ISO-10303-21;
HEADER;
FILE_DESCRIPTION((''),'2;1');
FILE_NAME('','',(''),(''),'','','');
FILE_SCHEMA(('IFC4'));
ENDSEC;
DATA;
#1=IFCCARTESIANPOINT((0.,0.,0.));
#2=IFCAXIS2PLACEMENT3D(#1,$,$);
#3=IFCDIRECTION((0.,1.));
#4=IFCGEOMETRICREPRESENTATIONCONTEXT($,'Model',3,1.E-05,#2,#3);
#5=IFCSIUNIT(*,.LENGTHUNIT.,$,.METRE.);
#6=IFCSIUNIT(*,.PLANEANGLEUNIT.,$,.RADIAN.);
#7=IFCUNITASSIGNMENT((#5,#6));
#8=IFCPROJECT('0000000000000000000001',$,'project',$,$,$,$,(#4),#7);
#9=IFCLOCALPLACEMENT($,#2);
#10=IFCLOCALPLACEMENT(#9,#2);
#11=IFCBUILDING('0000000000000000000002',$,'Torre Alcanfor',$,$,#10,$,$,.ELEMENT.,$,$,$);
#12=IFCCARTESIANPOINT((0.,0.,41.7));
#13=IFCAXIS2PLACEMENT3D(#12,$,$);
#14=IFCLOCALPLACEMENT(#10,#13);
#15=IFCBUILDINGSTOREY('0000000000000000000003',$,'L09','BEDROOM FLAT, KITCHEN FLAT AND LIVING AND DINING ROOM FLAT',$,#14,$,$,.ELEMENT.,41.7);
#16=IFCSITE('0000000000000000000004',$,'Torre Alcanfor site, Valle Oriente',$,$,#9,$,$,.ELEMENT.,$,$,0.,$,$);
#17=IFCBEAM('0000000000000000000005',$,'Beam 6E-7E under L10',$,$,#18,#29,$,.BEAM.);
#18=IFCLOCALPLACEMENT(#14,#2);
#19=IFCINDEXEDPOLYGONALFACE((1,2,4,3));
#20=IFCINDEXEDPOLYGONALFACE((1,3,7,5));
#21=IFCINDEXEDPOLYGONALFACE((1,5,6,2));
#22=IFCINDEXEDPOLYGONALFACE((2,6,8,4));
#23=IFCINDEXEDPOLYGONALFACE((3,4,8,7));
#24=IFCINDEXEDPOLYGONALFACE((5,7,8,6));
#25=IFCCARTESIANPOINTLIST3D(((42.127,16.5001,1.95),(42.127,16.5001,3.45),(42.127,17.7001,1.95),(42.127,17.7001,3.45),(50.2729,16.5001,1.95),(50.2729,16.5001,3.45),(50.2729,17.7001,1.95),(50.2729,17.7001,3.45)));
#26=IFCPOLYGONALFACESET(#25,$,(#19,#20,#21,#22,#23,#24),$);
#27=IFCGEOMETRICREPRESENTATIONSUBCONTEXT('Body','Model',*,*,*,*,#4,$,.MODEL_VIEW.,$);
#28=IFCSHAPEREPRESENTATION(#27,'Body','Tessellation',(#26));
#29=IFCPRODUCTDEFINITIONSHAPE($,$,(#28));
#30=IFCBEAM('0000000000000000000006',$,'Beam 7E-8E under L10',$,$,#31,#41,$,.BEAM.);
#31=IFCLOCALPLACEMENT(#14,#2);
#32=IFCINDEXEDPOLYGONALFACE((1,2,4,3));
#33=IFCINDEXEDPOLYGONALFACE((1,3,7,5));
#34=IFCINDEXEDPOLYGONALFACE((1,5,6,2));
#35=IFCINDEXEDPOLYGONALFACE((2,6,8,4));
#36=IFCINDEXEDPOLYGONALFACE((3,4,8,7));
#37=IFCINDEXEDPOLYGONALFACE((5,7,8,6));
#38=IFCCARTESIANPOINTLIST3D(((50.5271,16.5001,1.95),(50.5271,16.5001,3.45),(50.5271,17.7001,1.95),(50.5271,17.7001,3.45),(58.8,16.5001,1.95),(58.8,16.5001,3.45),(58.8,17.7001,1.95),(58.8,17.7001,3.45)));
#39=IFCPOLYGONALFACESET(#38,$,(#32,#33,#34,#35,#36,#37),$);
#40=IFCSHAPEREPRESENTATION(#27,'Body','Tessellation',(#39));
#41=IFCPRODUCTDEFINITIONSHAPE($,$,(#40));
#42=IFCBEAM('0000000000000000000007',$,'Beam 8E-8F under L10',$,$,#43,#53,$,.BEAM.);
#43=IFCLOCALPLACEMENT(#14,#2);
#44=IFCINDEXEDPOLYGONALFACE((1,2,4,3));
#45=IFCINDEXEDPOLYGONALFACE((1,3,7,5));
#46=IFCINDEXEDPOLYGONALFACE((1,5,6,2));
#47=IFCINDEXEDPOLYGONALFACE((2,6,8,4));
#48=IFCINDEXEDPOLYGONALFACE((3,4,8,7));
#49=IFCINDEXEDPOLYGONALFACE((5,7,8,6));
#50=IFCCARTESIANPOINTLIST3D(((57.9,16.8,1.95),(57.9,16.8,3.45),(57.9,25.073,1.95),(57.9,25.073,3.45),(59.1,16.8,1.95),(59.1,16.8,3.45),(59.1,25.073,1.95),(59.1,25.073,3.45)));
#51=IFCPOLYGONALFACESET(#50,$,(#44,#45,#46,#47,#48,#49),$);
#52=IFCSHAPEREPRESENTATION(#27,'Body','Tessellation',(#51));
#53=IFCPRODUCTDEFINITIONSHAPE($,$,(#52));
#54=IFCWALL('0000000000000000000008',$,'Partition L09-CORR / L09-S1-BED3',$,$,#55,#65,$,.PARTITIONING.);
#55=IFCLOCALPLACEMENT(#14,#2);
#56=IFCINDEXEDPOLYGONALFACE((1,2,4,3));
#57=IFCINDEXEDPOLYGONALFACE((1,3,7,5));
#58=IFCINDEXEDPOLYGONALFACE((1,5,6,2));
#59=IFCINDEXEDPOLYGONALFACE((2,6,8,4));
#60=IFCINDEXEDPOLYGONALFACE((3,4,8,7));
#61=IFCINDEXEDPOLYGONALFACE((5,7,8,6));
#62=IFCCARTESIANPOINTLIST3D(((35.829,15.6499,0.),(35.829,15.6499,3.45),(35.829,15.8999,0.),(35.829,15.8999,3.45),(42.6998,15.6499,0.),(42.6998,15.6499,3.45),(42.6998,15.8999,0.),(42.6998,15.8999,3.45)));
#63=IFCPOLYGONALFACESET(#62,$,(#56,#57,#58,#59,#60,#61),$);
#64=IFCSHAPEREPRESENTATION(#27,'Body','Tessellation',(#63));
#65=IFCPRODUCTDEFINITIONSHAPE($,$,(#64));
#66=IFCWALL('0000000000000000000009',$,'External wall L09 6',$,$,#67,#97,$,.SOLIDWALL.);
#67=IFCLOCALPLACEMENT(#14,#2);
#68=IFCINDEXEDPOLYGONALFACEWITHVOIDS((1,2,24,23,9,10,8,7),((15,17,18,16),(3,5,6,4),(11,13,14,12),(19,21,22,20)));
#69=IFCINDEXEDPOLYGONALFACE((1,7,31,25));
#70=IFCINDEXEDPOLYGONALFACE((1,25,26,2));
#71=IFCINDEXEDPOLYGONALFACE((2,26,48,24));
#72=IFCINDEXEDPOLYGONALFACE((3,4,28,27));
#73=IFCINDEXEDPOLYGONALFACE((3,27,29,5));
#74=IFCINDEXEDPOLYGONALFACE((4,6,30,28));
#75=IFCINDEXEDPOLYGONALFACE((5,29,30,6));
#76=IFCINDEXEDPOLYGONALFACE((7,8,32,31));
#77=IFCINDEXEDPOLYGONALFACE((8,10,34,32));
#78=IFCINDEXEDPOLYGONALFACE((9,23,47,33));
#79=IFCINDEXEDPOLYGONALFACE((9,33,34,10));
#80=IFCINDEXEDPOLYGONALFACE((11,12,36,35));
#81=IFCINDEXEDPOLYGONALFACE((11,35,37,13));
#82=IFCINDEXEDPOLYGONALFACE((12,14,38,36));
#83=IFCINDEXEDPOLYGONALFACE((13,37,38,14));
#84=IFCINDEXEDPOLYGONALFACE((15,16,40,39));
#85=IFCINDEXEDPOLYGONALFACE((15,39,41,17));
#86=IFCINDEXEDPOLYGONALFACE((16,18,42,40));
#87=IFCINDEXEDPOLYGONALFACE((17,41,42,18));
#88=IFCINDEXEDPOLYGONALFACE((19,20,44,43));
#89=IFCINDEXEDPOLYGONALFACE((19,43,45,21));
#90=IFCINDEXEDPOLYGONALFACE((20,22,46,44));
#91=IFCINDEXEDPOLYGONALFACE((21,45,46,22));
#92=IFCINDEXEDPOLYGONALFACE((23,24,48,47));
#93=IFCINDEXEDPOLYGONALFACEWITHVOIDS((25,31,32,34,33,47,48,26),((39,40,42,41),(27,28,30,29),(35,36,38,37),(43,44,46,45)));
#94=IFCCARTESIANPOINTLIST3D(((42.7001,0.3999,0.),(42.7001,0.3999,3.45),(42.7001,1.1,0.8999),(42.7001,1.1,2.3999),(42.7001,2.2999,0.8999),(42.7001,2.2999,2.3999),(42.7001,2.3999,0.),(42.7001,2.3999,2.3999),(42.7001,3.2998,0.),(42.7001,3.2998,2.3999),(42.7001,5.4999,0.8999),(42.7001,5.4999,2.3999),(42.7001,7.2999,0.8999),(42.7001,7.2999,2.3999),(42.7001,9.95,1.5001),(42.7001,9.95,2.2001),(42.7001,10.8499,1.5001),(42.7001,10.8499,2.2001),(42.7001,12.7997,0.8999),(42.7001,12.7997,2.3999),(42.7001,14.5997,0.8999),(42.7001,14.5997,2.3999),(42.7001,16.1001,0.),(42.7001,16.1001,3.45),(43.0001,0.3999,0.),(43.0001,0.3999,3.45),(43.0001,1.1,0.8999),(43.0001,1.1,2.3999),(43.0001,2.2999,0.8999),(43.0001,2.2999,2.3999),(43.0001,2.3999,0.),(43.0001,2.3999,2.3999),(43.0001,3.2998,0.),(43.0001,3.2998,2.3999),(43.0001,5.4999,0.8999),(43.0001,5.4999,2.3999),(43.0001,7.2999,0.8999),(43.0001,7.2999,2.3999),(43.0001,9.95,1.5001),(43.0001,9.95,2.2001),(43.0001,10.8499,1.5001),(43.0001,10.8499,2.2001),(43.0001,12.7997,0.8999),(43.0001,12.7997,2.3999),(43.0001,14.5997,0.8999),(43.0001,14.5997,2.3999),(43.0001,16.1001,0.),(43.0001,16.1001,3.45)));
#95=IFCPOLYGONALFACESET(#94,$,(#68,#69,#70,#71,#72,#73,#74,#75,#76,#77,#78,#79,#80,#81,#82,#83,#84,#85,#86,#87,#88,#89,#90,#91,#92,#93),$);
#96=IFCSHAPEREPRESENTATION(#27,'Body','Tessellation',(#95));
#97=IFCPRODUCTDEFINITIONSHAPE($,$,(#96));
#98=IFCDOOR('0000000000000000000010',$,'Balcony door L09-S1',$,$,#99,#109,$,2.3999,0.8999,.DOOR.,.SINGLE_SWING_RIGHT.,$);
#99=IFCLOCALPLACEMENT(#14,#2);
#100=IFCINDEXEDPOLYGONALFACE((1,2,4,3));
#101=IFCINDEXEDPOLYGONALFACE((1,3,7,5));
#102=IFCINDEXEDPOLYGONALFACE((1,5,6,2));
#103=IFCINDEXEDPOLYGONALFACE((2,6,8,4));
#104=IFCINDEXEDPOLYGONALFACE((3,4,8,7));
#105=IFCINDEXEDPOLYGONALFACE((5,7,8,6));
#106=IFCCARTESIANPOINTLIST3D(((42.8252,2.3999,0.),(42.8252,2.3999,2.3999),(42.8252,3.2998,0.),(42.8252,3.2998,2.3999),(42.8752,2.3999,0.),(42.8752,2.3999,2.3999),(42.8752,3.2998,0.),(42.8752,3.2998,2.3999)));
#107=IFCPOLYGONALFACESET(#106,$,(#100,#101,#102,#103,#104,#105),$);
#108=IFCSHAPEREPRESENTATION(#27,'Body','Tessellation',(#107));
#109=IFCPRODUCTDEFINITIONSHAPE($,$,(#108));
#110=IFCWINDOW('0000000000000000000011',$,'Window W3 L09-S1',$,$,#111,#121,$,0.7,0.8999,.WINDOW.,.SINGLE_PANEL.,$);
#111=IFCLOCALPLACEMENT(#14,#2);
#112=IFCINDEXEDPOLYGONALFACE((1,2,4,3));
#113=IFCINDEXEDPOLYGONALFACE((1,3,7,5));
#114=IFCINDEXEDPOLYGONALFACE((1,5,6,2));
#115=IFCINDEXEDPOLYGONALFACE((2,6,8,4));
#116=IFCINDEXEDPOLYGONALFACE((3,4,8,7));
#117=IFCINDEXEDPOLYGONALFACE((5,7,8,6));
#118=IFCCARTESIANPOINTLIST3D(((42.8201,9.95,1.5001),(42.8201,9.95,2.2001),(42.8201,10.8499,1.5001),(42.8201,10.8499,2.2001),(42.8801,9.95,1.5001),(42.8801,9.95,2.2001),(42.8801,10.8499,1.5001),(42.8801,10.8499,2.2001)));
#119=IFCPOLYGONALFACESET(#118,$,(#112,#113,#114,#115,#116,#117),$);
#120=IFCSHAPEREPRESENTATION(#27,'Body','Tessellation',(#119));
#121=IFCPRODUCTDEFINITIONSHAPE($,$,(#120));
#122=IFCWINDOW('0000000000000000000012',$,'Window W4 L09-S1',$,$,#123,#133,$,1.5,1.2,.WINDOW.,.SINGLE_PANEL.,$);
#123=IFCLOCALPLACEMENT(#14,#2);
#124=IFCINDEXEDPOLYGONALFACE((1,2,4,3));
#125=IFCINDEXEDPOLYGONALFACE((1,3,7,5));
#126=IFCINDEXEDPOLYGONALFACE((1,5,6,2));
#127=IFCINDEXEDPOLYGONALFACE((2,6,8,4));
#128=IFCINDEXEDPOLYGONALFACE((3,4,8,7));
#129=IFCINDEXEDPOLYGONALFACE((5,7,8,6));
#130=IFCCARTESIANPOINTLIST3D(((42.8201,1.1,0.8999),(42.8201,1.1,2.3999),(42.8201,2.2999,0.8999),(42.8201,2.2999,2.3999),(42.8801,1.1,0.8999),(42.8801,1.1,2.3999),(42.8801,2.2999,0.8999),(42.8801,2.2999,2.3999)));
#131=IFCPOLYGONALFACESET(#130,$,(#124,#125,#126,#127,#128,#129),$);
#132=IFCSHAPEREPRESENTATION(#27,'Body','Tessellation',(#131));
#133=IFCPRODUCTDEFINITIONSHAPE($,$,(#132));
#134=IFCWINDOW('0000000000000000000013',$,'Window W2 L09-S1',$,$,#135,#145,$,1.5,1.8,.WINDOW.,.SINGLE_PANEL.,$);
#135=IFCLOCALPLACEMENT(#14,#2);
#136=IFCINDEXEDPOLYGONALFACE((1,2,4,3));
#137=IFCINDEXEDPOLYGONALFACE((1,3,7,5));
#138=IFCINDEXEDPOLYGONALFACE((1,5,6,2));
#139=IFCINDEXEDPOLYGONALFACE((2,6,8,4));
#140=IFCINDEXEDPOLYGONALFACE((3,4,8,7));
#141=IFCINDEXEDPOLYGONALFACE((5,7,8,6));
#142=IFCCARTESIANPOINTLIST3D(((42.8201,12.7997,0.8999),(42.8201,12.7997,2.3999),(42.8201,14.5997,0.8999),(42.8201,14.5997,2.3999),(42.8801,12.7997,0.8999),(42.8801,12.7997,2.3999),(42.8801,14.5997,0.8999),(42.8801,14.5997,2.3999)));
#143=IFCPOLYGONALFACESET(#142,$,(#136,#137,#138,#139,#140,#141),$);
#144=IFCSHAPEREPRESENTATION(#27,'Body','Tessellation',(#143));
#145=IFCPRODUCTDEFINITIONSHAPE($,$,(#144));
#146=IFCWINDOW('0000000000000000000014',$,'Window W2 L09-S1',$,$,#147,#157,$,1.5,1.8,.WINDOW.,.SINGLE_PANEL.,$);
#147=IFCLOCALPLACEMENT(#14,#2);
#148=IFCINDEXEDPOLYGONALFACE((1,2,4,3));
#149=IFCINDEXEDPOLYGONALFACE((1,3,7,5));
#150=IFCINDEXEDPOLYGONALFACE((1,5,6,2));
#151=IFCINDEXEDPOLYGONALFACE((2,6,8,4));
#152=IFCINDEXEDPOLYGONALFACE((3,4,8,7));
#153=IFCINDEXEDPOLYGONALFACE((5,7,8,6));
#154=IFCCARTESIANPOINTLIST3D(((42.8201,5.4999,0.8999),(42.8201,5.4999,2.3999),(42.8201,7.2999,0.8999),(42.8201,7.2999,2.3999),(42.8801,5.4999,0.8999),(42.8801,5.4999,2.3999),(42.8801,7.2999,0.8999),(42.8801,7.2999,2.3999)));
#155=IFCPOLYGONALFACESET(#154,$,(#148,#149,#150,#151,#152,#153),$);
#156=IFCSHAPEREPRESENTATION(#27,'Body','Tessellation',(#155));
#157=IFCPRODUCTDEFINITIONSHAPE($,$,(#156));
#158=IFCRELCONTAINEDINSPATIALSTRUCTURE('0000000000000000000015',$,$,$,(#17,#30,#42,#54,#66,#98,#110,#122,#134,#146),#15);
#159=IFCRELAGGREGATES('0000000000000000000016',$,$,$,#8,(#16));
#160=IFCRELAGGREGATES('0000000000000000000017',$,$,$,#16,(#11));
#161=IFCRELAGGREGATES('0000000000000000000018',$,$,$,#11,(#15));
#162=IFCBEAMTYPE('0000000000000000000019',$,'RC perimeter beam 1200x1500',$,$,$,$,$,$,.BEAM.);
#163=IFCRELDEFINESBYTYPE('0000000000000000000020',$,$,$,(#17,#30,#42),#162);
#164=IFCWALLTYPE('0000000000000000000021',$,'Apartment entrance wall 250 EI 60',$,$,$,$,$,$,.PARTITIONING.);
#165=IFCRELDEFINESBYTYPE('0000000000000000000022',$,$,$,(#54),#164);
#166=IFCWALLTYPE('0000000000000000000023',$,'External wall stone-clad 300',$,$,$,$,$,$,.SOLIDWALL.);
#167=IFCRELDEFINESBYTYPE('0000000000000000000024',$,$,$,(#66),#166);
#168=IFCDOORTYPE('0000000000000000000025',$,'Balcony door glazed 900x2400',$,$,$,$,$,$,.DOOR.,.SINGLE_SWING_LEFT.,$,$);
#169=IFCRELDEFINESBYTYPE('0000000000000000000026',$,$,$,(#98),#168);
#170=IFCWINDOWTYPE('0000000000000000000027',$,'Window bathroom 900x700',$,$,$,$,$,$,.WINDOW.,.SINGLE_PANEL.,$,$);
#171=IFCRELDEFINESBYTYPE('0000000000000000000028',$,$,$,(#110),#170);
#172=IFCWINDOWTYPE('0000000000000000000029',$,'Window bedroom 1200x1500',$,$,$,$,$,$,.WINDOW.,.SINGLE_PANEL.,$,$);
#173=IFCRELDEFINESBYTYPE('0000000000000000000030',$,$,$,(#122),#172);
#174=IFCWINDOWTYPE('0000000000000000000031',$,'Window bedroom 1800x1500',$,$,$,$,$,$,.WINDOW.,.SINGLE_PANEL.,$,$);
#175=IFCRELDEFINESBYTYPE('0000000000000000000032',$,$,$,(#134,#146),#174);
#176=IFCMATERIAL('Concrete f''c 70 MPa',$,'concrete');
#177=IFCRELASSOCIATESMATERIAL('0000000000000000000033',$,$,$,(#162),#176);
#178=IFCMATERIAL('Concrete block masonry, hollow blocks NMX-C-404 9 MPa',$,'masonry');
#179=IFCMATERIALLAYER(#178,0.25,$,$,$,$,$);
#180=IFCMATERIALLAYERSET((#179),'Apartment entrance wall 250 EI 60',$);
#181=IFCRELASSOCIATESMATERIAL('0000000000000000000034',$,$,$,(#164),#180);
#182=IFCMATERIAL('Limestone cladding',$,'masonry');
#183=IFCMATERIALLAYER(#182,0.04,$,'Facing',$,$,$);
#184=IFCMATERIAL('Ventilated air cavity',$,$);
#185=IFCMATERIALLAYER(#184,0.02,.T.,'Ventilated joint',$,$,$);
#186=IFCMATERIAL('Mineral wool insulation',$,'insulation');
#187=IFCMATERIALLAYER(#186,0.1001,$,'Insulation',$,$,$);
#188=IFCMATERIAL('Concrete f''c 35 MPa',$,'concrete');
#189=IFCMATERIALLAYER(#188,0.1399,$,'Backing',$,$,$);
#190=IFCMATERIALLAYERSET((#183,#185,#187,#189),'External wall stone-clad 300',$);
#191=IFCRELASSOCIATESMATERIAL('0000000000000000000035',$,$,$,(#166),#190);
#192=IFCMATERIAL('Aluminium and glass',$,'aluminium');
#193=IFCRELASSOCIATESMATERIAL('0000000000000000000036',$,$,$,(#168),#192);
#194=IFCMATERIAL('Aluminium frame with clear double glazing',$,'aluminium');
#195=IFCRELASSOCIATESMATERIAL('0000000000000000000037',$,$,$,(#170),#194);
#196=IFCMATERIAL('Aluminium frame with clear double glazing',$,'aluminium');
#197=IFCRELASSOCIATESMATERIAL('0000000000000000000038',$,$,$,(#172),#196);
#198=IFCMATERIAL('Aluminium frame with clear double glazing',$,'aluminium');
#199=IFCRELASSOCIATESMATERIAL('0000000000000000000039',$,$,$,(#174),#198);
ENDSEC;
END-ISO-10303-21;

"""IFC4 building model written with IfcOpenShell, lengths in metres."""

from ifc_helpers import new_model, si_unit, direction, frame, frame_2d, origin, origin_2d, place, context, subcontext, project, spatial, rectangle, extrude, material, layer, layer_set, material_profile, profile_set, type_object, element, fill, save


model = new_model("IFC4")

# Units and contexts
model_context = context("Model", 3, precision=1e-05, world=origin(), true_north=direction((0.0, 1.0)))
body_context = subcontext(model_context, "Body", "Model", "MODEL_VIEW")
ifc_project = project(units=[si_unit("LENGTHUNIT", "METRE"), si_unit("PLANEANGLEUNIT", "RADIAN")], contexts=[model_context])

# Site, building, storey
site_placement = place(None, origin())
site = spatial("IfcSite", under=ifc_project, at=site_placement, Name="Torre Alcanfor site, Valle Oriente", CompositionType="ELEMENT", RefElevation=0.0)
building_placement = place(site_placement, origin())
building = spatial("IfcBuilding", under=site, at=building_placement, Name="Torre Alcanfor", CompositionType="ELEMENT")
storey_placement = place(building_placement, frame((0.0, 0.0, 41.7)))
storey = spatial("IfcBuildingStorey", under=building, at=storey_placement, Name="L09", Description="BEDROOM FLAT, KITCHEN FLAT AND LIVING AND DINING ROOM FLAT", CompositionType="ELEMENT", Elevation=41.7)

# Beams
ifc_material_1 = material(Name="Concrete f'c 70 MPa", Category="concrete")
ifc_material_profile_1 = material_profile(ifc_material_1, rectangle(XDim=1.2, YDim=1.5, at=origin_2d()), Name="1200x1500")
ifc_profile_set_1 = profile_set([ifc_material_profile_1], Name="Concrete f'c 70 MPa")
beam_type_1 = type_object("IfcBeamType", Name="RC perimeter beam 1200x1500", PredefinedType="BEAM", material=ifc_profile_set_1)
beam_1_placement = place(storey_placement, frame((42.127, 17.1001, 2.7), z_axis=(1.0, 0.0, 0.0), x_axis=(0.0, 1.0, 0.0)))
element("IfcBeam", 1, at=beam_1_placement, inside=storey, type_object=beam_type_1, Name="Beam 6E-7E under L10", PredefinedType="BEAM", context=body_context, shape_type="SweptSolid", body=[
    extrude(rectangle(XDim=1.2, YDim=1.5, at=origin_2d()), origin(), (0.0, 0.0, 1.0), 8.146),
])
for number, where, z_axis, x_axis, name in (
    (2, (50.5271, 17.1001, 2.7), (1.0, 0.0, 0.0), (0.0, 1.0, 0.0), "Beam 7E-8E under L10"),
    (3, (58.5, 16.8, 2.7), (0.0, 1.0, 0.0), (-1.0, 0.0, 0.0), "Beam 8E-8F under L10"),
):
    element("IfcBeam", number, at=place(storey_placement, frame(where, z_axis=z_axis, x_axis=x_axis)), inside=storey, type_object=beam_type_1, Name=name, PredefinedType="BEAM", context=body_context, shape_type="SweptSolid", body=[
        extrude(rectangle(XDim=1.2, YDim=1.5, at=origin_2d()), origin(), (0.0, 0.0, 1.0), 8.2729),
    ])

# Wall
ifc_material_2 = material(Name="Concrete block masonry, hollow blocks NMX-C-404 9 MPa", Category="masonry")
ifc_layer_1 = layer(ifc_material_2, 0.25)
ifc_layer_set_1 = layer_set([ifc_layer_1], Name="Apartment entrance wall 250 EI 60")
wall_type_1 = type_object("IfcWallType", Name="Apartment entrance wall 250 EI 60", PredefinedType="PARTITIONING", material=ifc_layer_set_1)
wall_1_placement = place(storey_placement, frame((42.7, 15.7749, 0.0), z_axis=(0.0, 0.0, 1.0), x_axis=(-1.0, 0.0, 0.0)))
element("IfcWall", 4, at=wall_1_placement, inside=storey, type_object=wall_type_1, Name="Partition L09-CORR / L09-S1-BED3", PredefinedType="PARTITIONING", context=body_context, shape_type="SweptSolid", body=[
    extrude(rectangle(XDim=6.8708, YDim=0.25, at=frame_2d((3.4355, 0.0))), origin(), (0.0, 0.0, 1.0), 3.45),
])

# Wall, openings, door, windows
ifc_material_3 = material(Name="Limestone cladding", Category="masonry")
ifc_layer_2 = layer(ifc_material_3, 0.04, Name="Facing")
ifc_material_4 = material(Name="Ventilated air cavity")
ifc_layer_3 = layer(ifc_material_4, 0.02, ventilated=True, Name="Ventilated joint")
ifc_material_5 = material(Name="Mineral wool insulation", Category="insulation")
ifc_layer_4 = layer(ifc_material_5, 0.1001, Name="Insulation")
ifc_material_6 = material(Name="Concrete f'c 35 MPa", Category="concrete")
ifc_layer_5 = layer(ifc_material_6, 0.1399, Name="Backing")
ifc_layer_set_2 = layer_set([ifc_layer_2, ifc_layer_3, ifc_layer_4, ifc_layer_5], Name="External wall stone-clad 300")
wall_type_2 = type_object("IfcWallType", Name="External wall stone-clad 300", PredefinedType="SOLIDWALL", material=ifc_layer_set_2)
wall_2_placement = place(storey_placement, frame((42.8501, 0.3999, 0.0), z_axis=(0.0, 0.0, 1.0), x_axis=(0.0, 1.0, 0.0)))
wall_2 = element("IfcWall", 5, at=wall_2_placement, inside=storey, type_object=wall_type_2, Name="External wall L09 6", PredefinedType="SOLIDWALL", context=body_context, shape_type="SweptSolid", body=[
    extrude(rectangle(XDim=15.7002, YDim=0.3, at=frame_2d((7.8501, 0.0))), origin(), (0.0, 0.0, 1.0), 3.45),
])
opening_1_placement = place(wall_2_placement, frame((12.3999, 0.0, 0.8999)))
opening_1 = element("IfcOpeningElement", 6, at=opening_1_placement, cuts=wall_2, PredefinedType="OPENING", context=body_context, shape_type="SweptSolid", body=[
    extrude(rectangle(XDim=1.8, YDim=1.5, at=frame_2d((0.8999, 0.75))), frame((0.0, 0.1599, 0.0), z_axis=(0.0, -1.0, 0.0), x_axis=(1.0, 0.0, 0.0)), (0.0, 0.0, 1.0), 0.3201),
])
opening_2_placement = place(wall_2_placement, frame((9.55, 0.0, 1.5)))
opening_2 = element("IfcOpeningElement", 7, at=opening_2_placement, cuts=wall_2, PredefinedType="OPENING", context=body_context, shape_type="SweptSolid", body=[
    extrude(rectangle(XDim=0.8999, YDim=0.7, at=frame_2d((0.45, 0.3501))), frame((0.0, 0.1599, 0.0), z_axis=(0.0, -1.0, 0.0), x_axis=(1.0, 0.0, 0.0)), (0.0, 0.0, 1.0), 0.3201),
])
opening_3_placement = place(wall_2_placement, frame((5.1001, 0.0, 0.8999)))
opening_3 = element("IfcOpeningElement", 8, at=opening_3_placement, cuts=wall_2, PredefinedType="OPENING", context=body_context, shape_type="SweptSolid", body=[
    extrude(rectangle(XDim=1.8, YDim=1.5, at=frame_2d((0.8999, 0.75))), frame((0.0, 0.1599, 0.0), z_axis=(0.0, -1.0, 0.0), x_axis=(1.0, 0.0, 0.0)), (0.0, 0.0, 1.0), 0.3201),
])
opening_4_placement = place(wall_2_placement, frame((2.0, 0.0, 0.0)))
opening_4 = element("IfcOpeningElement", 9, at=opening_4_placement, cuts=wall_2, PredefinedType="OPENING", context=body_context, shape_type="SweptSolid", body=[
    extrude(rectangle(XDim=0.8999, YDim=2.3999, at=frame_2d((0.45, 1.2))), frame((0.0, 0.1599, 0.0), z_axis=(0.0, -1.0, 0.0), x_axis=(1.0, 0.0, 0.0)), (0.0, 0.0, 1.0), 0.3201),
])
opening_5_placement = place(wall_2_placement, frame((0.7, 0.0, 0.8999)))
opening_5 = element("IfcOpeningElement", 10, at=opening_5_placement, cuts=wall_2, PredefinedType="OPENING", context=body_context, shape_type="SweptSolid", body=[
    extrude(rectangle(XDim=1.2, YDim=1.5, at=frame_2d((0.6001, 0.75))), frame((0.0, 0.1599, 0.0), z_axis=(0.0, -1.0, 0.0), x_axis=(1.0, 0.0, 0.0)), (0.0, 0.0, 1.0), 0.3201),
])
ifc_material_7 = material(Name="Aluminium and glass", Category="aluminium")
door_type = type_object("IfcDoorType", Name="Balcony door glazed 900x2400", OperationType="SINGLE_SWING_LEFT", PredefinedType="DOOR", material=ifc_material_7)
door_1_placement = place(opening_4_placement, origin())
door_1 = element("IfcDoor", 11, at=door_1_placement, inside=storey, type_object=door_type, Name="Balcony door L09-S1", OperationType="SINGLE_SWING_RIGHT", OverallHeight=2.3999, OverallWidth=0.8999, PredefinedType="DOOR", context=body_context, shape_type="SweptSolid", body=[
    extrude(rectangle(XDim=0.8999, YDim=2.3999, at=frame_2d((0.45, 1.2))), frame((0.0, 0.0249, 0.0), z_axis=(0.0, -1.0, 0.0), x_axis=(1.0, 0.0, 0.0)), (0.0, 0.0, 1.0), 0.05),
])
fill(opening_4, door_1)
ifc_material_8 = material(Name="Aluminium frame with clear double glazing", Category="aluminium")
window_type_1 = type_object("IfcWindowType", Name="Window bathroom 900x700", PartitioningType="SINGLE_PANEL", PredefinedType="WINDOW", material=ifc_material_8)
window_1_placement = place(opening_2_placement, origin())
window_1 = element("IfcWindow", 12, at=window_1_placement, inside=storey, type_object=window_type_1, Name="Window W3 L09-S1", OverallHeight=0.7, OverallWidth=0.8999, PartitioningType="SINGLE_PANEL", PredefinedType="WINDOW", context=body_context, shape_type="SweptSolid", body=[
    extrude(rectangle(XDim=0.8999, YDim=0.7, at=frame_2d((0.45, 0.3501))), frame((0.0, 0.03, 0.0), z_axis=(0.0, -1.0, 0.0), x_axis=(1.0, 0.0, 0.0)), (0.0, 0.0, 1.0), 0.0601),
])
fill(opening_2, window_1)
ifc_material_9 = material(Name="Aluminium frame with clear double glazing", Category="aluminium")
window_type_2 = type_object("IfcWindowType", Name="Window bedroom 1200x1500", PartitioningType="SINGLE_PANEL", PredefinedType="WINDOW", material=ifc_material_9)
window_2_placement = place(opening_5_placement, origin())
window_2 = element("IfcWindow", 13, at=window_2_placement, inside=storey, type_object=window_type_2, Name="Window W4 L09-S1", OverallHeight=1.5, OverallWidth=1.2, PartitioningType="SINGLE_PANEL", PredefinedType="WINDOW", context=body_context, shape_type="SweptSolid", body=[
    extrude(rectangle(XDim=1.2, YDim=1.5, at=frame_2d((0.6001, 0.75))), frame((0.0, 0.03, 0.0), z_axis=(0.0, -1.0, 0.0), x_axis=(1.0, 0.0, 0.0)), (0.0, 0.0, 1.0), 0.0601),
])
fill(opening_5, window_2)
ifc_material_10 = material(Name="Aluminium frame with clear double glazing", Category="aluminium")
window_type_3 = type_object("IfcWindowType", Name="Window bedroom 1800x1500", PartitioningType="SINGLE_PANEL", PredefinedType="WINDOW", material=ifc_material_10)
window_3_placement = place(opening_1_placement, origin())
window_3 = element("IfcWindow", 14, at=window_3_placement, inside=storey, type_object=window_type_3, Name="Window W2 L09-S1", OverallHeight=1.5, OverallWidth=1.8, PartitioningType="SINGLE_PANEL", PredefinedType="WINDOW", context=body_context, shape_type="SweptSolid", body=[
    extrude(rectangle(XDim=1.8, YDim=1.5, at=frame_2d((0.8999, 0.75))), frame((0.0, 0.03, 0.0), z_axis=(0.0, -1.0, 0.0), x_axis=(1.0, 0.0, 0.0)), (0.0, 0.0, 1.0), 0.0601),
])
fill(opening_1, window_3)
window_4_placement = place(opening_3_placement, origin())
window_4 = element("IfcWindow", 15, at=window_4_placement, inside=storey, type_object=window_type_3, Name="Window W2 L09-S1", OverallHeight=1.5, OverallWidth=1.8, PartitioningType="SINGLE_PANEL", PredefinedType="WINDOW", context=body_context, shape_type="SweptSolid", body=[
    extrude(rectangle(XDim=1.8, YDim=1.5, at=frame_2d((0.8999, 0.75))), frame((0.0, 0.03, 0.0), z_axis=(0.0, -1.0, 0.0), x_axis=(1.0, 0.0, 0.0)), (0.0, 0.0, 1.0), 0.0601),
])
fill(opening_3, window_4)

save(model, "model.ifc")
